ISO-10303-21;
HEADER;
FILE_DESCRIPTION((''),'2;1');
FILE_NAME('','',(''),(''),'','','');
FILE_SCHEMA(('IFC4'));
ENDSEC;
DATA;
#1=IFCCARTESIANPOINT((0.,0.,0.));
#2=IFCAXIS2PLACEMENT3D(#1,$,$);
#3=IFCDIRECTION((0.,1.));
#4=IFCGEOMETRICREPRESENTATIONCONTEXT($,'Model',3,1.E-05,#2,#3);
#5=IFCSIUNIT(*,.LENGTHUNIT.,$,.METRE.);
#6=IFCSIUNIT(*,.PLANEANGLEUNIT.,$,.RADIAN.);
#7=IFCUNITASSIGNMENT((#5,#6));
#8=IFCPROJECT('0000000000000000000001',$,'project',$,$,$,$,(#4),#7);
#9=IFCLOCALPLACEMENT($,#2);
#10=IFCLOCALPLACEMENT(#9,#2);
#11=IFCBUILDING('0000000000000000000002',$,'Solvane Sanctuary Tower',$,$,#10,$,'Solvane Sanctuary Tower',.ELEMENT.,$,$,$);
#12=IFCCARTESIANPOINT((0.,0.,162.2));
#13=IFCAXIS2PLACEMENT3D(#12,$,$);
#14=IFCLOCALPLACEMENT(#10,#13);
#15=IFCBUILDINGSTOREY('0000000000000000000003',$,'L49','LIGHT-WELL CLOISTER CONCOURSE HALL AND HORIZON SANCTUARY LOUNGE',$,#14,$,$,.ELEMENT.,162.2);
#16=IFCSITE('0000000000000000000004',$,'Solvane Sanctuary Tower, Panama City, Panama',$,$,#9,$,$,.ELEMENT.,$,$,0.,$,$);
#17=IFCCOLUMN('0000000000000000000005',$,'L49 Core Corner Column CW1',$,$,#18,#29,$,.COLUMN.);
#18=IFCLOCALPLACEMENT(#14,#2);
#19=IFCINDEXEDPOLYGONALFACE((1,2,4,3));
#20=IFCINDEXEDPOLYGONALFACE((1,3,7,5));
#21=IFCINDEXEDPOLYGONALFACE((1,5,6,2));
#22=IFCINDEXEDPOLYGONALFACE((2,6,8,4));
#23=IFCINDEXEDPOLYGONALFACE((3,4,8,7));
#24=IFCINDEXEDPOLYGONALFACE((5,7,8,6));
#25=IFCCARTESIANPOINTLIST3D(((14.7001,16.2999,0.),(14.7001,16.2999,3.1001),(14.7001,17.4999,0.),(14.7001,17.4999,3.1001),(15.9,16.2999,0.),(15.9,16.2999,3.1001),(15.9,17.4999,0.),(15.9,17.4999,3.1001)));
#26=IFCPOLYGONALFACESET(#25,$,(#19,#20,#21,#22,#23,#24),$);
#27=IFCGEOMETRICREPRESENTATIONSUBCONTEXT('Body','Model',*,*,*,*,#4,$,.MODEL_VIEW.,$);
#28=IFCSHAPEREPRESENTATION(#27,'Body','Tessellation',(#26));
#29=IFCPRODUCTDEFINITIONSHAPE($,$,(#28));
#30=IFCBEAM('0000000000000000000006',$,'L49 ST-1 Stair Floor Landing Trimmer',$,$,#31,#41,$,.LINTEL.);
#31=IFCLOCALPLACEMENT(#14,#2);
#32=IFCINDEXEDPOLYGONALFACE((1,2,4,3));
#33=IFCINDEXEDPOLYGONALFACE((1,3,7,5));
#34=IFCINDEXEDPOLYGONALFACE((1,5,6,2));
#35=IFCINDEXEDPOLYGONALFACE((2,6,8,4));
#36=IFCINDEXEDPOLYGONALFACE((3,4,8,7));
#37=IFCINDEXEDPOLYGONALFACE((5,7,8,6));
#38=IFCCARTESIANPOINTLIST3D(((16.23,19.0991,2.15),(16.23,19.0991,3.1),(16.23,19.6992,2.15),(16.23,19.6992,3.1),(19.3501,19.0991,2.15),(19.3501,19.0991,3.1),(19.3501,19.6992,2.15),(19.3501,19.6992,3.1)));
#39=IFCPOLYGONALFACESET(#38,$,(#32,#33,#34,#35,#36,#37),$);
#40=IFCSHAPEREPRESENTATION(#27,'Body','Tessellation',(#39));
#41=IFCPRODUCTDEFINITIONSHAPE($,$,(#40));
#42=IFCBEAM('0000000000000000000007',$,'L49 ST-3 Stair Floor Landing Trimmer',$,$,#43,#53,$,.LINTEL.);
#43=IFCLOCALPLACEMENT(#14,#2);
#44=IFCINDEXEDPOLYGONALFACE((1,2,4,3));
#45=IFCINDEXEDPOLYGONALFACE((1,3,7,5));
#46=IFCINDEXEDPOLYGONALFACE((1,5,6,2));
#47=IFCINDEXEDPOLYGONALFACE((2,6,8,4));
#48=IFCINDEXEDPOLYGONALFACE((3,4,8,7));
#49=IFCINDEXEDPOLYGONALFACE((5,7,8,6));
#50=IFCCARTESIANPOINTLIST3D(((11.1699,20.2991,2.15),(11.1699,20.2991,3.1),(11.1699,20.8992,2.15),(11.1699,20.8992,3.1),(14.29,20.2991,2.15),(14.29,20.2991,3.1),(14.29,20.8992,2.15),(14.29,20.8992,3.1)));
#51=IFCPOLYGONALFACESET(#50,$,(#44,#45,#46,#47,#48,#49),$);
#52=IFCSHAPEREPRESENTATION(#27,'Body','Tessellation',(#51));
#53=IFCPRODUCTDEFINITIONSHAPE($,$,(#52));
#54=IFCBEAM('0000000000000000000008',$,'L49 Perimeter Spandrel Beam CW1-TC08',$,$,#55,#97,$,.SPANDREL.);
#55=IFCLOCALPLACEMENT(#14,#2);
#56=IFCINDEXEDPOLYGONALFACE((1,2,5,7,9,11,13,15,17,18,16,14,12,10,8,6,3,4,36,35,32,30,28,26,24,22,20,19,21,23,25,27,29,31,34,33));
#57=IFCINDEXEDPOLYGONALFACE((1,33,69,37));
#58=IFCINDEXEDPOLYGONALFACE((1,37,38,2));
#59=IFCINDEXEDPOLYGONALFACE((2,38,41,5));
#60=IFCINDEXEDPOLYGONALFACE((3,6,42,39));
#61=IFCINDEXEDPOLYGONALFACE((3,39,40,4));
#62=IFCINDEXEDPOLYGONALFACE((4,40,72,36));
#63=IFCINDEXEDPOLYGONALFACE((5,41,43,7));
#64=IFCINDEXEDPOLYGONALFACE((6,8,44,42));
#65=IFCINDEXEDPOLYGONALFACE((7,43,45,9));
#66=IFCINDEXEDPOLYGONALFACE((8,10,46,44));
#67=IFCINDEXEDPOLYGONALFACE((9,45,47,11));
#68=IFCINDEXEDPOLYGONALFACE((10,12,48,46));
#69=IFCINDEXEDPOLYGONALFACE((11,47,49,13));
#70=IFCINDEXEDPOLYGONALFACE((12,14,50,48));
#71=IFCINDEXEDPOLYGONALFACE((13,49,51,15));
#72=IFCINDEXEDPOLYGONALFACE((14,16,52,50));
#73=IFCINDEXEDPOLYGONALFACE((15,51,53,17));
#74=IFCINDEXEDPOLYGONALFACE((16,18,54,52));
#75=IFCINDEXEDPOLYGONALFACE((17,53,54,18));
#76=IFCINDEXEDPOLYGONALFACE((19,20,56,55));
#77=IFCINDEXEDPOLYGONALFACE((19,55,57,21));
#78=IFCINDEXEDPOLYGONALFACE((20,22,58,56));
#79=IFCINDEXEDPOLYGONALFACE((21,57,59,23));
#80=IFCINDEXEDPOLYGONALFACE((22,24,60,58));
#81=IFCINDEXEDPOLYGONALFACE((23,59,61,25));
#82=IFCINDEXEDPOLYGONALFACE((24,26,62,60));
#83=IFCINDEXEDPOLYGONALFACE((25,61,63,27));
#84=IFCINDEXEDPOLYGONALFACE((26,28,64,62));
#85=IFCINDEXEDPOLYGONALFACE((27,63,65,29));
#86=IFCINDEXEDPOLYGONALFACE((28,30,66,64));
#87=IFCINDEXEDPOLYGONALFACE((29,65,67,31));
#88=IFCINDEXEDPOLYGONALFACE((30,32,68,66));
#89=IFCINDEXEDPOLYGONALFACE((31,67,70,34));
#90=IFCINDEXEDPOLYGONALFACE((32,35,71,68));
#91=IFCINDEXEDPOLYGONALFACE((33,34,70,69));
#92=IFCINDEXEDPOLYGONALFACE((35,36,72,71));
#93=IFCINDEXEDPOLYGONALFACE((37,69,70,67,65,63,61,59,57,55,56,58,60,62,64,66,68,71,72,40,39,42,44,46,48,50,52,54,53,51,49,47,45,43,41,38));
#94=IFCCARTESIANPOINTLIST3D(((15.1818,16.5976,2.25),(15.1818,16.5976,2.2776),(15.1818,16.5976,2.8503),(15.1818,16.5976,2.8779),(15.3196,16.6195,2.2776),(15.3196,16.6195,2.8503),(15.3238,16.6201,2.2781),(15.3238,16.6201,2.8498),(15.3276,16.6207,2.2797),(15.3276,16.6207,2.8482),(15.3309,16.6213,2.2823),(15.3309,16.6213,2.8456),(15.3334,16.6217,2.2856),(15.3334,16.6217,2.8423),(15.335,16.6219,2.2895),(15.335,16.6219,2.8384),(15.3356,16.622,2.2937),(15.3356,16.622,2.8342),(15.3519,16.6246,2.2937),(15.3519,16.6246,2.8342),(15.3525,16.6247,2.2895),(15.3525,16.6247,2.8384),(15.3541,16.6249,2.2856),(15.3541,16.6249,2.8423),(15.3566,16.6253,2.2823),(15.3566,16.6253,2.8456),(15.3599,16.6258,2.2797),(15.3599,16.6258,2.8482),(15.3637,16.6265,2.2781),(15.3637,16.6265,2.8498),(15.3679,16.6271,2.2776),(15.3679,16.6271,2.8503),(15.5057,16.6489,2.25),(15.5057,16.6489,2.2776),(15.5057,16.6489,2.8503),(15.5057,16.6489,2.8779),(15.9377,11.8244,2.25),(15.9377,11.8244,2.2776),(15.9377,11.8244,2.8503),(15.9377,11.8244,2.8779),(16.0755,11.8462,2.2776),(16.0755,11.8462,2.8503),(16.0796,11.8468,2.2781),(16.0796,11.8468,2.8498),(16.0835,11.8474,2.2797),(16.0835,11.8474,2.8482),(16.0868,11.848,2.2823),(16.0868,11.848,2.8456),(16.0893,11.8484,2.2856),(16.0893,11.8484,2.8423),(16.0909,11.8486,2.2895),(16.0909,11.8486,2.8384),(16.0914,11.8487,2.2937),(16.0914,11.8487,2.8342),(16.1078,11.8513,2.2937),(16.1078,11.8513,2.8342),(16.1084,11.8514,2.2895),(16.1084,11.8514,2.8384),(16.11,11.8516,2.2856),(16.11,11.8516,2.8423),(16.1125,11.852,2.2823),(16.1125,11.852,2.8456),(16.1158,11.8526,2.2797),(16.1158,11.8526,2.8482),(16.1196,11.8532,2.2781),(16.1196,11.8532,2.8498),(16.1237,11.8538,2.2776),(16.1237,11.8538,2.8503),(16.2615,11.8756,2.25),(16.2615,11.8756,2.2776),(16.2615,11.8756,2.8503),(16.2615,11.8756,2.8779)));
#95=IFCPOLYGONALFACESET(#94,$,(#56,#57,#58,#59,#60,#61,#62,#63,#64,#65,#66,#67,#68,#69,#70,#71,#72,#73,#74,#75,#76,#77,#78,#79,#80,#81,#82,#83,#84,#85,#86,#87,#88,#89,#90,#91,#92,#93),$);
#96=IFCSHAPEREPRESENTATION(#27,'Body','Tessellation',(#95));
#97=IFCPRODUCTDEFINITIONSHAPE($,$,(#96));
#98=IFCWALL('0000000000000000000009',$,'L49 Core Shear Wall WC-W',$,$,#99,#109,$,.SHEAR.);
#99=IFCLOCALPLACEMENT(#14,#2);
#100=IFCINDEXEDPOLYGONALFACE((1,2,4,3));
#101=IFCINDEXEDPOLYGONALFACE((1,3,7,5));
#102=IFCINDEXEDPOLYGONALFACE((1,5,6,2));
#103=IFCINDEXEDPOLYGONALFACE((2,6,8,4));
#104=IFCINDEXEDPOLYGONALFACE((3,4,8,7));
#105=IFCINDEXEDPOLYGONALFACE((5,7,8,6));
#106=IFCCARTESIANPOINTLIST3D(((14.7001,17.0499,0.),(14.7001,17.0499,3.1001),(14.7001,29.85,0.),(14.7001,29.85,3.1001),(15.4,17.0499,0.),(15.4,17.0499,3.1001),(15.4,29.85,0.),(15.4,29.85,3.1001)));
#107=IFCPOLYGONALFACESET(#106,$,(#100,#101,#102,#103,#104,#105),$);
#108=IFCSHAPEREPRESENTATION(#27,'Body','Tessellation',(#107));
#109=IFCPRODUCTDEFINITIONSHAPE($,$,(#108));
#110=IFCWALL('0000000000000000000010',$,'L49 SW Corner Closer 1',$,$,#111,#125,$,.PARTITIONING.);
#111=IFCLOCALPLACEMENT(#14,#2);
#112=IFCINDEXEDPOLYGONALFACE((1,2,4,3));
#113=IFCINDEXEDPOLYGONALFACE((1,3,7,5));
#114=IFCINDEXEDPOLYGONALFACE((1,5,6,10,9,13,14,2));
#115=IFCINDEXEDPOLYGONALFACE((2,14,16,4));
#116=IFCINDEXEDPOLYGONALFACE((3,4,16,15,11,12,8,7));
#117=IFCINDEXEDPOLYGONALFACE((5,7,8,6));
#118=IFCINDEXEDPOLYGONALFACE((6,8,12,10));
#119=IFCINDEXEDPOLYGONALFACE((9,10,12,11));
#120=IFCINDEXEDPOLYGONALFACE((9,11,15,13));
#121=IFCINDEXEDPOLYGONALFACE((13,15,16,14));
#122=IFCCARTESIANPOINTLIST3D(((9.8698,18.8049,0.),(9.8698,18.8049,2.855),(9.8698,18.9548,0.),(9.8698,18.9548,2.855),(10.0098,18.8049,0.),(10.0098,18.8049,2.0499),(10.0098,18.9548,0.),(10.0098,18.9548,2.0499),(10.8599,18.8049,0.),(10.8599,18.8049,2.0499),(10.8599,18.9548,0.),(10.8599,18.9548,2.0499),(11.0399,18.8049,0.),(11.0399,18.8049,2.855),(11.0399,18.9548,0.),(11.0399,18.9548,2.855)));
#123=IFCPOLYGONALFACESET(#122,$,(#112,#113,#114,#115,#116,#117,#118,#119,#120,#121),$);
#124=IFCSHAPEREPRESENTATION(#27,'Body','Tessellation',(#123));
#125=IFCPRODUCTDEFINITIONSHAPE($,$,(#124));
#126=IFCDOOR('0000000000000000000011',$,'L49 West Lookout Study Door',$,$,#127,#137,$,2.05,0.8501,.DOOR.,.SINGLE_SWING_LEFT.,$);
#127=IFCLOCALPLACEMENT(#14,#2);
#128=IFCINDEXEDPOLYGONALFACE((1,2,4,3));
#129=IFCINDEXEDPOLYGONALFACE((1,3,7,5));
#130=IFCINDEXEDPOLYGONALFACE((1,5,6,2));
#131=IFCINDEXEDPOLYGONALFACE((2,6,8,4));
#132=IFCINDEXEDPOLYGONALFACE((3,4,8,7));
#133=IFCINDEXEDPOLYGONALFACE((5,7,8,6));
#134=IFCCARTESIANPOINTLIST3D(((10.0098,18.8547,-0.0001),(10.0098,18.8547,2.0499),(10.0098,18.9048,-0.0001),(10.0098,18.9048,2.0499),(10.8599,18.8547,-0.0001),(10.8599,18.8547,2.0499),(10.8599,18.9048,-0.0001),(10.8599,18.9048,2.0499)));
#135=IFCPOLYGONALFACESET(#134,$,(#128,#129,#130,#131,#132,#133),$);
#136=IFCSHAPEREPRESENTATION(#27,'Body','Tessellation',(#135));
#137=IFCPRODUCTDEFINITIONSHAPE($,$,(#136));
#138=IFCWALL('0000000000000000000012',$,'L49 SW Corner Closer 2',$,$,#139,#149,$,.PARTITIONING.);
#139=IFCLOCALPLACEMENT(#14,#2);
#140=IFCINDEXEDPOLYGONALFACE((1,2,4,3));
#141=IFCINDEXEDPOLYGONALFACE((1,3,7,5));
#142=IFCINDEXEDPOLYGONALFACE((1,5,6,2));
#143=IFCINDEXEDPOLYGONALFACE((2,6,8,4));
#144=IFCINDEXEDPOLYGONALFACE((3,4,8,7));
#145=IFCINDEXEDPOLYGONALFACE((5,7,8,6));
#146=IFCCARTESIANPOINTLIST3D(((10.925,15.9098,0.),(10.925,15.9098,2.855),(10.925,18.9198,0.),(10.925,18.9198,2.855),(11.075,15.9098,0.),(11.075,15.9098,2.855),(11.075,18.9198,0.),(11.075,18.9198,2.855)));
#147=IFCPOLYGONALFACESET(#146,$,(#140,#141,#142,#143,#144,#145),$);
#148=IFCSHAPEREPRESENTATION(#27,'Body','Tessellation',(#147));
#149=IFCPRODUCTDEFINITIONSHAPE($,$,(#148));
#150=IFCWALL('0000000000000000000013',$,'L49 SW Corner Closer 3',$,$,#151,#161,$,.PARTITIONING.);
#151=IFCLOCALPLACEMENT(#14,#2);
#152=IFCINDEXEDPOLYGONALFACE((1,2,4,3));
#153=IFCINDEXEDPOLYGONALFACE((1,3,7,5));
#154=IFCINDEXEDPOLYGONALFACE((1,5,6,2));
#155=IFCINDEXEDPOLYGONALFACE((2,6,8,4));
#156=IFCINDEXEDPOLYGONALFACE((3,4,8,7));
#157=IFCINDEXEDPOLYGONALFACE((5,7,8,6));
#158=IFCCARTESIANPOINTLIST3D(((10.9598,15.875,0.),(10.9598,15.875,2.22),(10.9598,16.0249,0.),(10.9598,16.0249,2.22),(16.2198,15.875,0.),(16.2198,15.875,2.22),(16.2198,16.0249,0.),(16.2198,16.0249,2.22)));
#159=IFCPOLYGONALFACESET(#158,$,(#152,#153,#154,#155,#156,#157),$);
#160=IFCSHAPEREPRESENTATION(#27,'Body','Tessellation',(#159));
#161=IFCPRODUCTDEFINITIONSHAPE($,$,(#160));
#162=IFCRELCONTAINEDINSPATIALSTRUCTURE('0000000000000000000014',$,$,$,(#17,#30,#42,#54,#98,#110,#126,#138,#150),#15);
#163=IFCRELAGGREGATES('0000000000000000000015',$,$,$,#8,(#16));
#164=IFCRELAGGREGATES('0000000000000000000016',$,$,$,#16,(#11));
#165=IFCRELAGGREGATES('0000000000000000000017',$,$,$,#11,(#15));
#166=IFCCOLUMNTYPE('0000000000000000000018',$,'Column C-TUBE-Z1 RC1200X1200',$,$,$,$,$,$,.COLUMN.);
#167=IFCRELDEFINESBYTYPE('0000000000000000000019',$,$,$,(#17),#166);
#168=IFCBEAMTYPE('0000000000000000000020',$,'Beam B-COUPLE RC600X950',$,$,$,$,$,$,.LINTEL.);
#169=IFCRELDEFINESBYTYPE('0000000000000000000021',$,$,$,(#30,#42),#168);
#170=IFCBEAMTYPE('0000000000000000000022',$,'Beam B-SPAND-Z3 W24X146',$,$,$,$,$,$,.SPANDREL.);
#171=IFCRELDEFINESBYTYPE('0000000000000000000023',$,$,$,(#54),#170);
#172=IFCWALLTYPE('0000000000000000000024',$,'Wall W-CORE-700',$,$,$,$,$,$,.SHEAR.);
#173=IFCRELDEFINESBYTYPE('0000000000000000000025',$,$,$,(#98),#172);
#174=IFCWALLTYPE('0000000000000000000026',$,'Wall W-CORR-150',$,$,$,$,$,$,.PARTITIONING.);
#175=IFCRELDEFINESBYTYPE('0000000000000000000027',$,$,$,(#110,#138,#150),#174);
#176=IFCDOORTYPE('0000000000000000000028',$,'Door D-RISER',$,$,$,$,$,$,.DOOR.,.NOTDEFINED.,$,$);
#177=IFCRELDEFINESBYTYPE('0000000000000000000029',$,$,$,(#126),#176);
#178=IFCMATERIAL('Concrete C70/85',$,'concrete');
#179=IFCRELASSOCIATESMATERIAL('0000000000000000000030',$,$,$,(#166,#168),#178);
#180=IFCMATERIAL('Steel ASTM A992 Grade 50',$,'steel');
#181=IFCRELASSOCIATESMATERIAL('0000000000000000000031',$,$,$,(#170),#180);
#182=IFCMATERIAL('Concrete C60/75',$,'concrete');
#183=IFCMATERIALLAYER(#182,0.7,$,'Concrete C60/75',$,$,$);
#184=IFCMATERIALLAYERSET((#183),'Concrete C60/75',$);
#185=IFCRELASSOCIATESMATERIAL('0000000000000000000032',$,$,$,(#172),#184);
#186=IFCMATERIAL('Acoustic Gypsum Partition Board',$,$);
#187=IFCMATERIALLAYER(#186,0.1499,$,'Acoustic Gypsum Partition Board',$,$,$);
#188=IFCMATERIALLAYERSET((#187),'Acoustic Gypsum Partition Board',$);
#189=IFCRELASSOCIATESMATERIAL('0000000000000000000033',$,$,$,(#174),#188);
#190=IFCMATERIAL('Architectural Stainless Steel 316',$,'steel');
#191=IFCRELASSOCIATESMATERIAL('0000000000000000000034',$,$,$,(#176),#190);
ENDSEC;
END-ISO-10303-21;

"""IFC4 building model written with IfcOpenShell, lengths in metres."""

from ifc_helpers import new_model, si_unit, direction, frame, frame_2d, origin, origin_2d, place, context, subcontext, project, spatial, rectangle, i_section, extrude, material, layer, layer_set, material_profile, profile_set, type_object, element, fill, save


model = new_model("IFC4")

# Units and contexts
model_context = context("Model", 3, precision=1e-05, world=origin(), true_north=direction((0.0, 1.0)))
body_context = subcontext(model_context, "Body", "Model", "MODEL_VIEW")
ifc_project = project(units=[si_unit("LENGTHUNIT", "METRE"), si_unit("PLANEANGLEUNIT", "RADIAN")], contexts=[model_context])

# Site, building, storey
site_placement = place(None, origin())
site = spatial("IfcSite", under=ifc_project, at=site_placement, Name="Solvane Sanctuary Tower, Panama City, Panama", CompositionType="ELEMENT", RefElevation=0.0)
building_placement = place(site_placement, origin())
building = spatial("IfcBuilding", under=site, at=building_placement, Name="Solvane Sanctuary Tower", LongName="Solvane Sanctuary Tower", CompositionType="ELEMENT")
storey_placement = place(building_placement, frame((0.0, 0.0, 162.2)))
storey = spatial("IfcBuildingStorey", under=building, at=storey_placement, Name="L49", Description="LIGHT-WELL CLOISTER CONCOURSE HALL AND HORIZON SANCTUARY LOUNGE", CompositionType="ELEMENT", Elevation=162.2)

# Column
ifc_material_1 = material(Name="Concrete C70/85", Category="concrete")
ifc_material_profile_1 = material_profile(ifc_material_1, rectangle(XDim=1.2, YDim=1.2, at=origin_2d()), Name="RC1200X1200")
ifc_profile_set_1 = profile_set([ifc_material_profile_1], Name="Concrete C70/85")
column_type = type_object("IfcColumnType", Name="Column C-TUBE-Z1 RC1200X1200", PredefinedType="COLUMN", material=ifc_profile_set_1)
column_placement = place(storey_placement, frame((15.3, 16.8999, 0.0), z_axis=(0.0, 0.0, 1.0), x_axis=(1.0, 0.0, 0.0)))
element("IfcColumn", 1, at=column_placement, inside=storey, type_object=column_type, Name="L49 Core Corner Column CW1", PredefinedType="COLUMN", context=body_context, shape_type="SweptSolid", body=[
    extrude(rectangle(XDim=1.2, YDim=1.2, at=origin_2d()), origin(), (0.0, 0.0, 1.0), 3.1001),
])

# Beams
ifc_material_profile_2 = material_profile(ifc_material_1, rectangle(XDim=0.6001, YDim=0.95, at=origin_2d()), Name="RC600X950")
ifc_profile_set_2 = profile_set([ifc_material_profile_2], Name="Concrete C70/85")
beam_type_1 = type_object("IfcBeamType", Name="Beam B-COUPLE RC600X950", PredefinedType="LINTEL", material=ifc_profile_set_2)
for number, where, z_axis, x_axis, name in (
    (2, (16.23, 19.3992, 2.625), (1.0, 0.0, 0.0), (0.0, 1.0, 0.0), "L49 ST-1 Stair Floor Landing Trimmer"),
    (3, (11.1699, 20.5991, 2.625), (1.0, 0.0, 0.0), (0.0, 1.0, 0.0), "L49 ST-3 Stair Floor Landing Trimmer"),
):
    element("IfcBeam", number, at=place(storey_placement, frame(where, z_axis=z_axis, x_axis=x_axis)), inside=storey, type_object=beam_type_1, Name=name, PredefinedType="LINTEL", context=body_context, shape_type="SweptSolid", body=[
        extrude(rectangle(XDim=0.6001, YDim=0.95, at=origin_2d()), origin(), (0.0, 0.0, 1.0), 3.1201),
    ])
ifc_material_2 = material(Name="Steel ASTM A992 Grade 50", Category="steel")
ifc_material_profile_3 = material_profile(ifc_material_2, i_section(OverallWidth=0.3279, OverallDepth=0.6279, WebThickness=0.0166, FlangeThickness=0.0276, FilletRadius=0.0161, at=origin_2d()), Name="W24X146")
ifc_profile_set_3 = profile_set([ifc_material_profile_3], Name="Steel ASTM A992 Grade 50")
beam_type_2 = type_object("IfcBeamType", Name="Beam B-SPAND-Z3 W24X146", PredefinedType="SPANDREL", material=ifc_profile_set_3)
beam_placement = place(storey_placement, frame((15.3438, 16.6233, 2.564), z_axis=(0.156406, -0.987693, 0.0), x_axis=(0.987693, 0.156406, 0.0)))
element("IfcBeam", 4, at=beam_placement, inside=storey, type_object=beam_type_2, Name="L49 Perimeter Spandrel Beam CW1-TC08", PredefinedType="SPANDREL", context=body_context, shape_type="SweptSolid", body=[
    extrude(i_section(OverallWidth=0.3279, OverallDepth=0.6279, WebThickness=0.0166, FlangeThickness=0.0276, FilletRadius=0.0161, at=origin_2d()), origin(), (0.0, 0.0, 1.0), 4.8328),
])

# Wall
ifc_material_3 = material(Name="Concrete C60/75", Category="concrete")
ifc_layer_1 = layer(ifc_material_3, 0.7, Name="Concrete C60/75")
ifc_layer_set_1 = layer_set([ifc_layer_1], Name="Concrete C60/75")
wall_type_1 = type_object("IfcWallType", Name="Wall W-CORE-700", PredefinedType="SHEAR", material=ifc_layer_set_1)
wall_1_placement = place(storey_placement, frame((15.05, 17.05, 0.0), z_axis=(0.0, 0.0, 1.0), x_axis=(0.0, 1.0, 0.0)))
element("IfcWall", 5, at=wall_1_placement, inside=storey, type_object=wall_type_1, Name="L49 Core Shear Wall WC-W", PredefinedType="SHEAR", context=body_context, shape_type="SweptSolid", body=[
    extrude(rectangle(XDim=12.8, YDim=0.7, at=frame_2d((6.3999, 0.0))), origin(), (0.0, 0.0, 1.0), 3.1001),
])

# Wall, opening, door
ifc_material_4 = material(Name="Acoustic Gypsum Partition Board")
ifc_layer_2 = layer(ifc_material_4, 0.1499, Name="Acoustic Gypsum Partition Board")
ifc_layer_set_2 = layer_set([ifc_layer_2], Name="Acoustic Gypsum Partition Board")
wall_type_2 = type_object("IfcWallType", Name="Wall W-CORR-150", PredefinedType="PARTITIONING", material=ifc_layer_set_2)
wall_2_placement = place(storey_placement, frame((9.8699, 18.8799, 0.0), z_axis=(0.0, 0.0, 1.0), x_axis=(1.0, 0.0, 0.0)))
wall_2 = element("IfcWall", 6, at=wall_2_placement, inside=storey, type_object=wall_type_2, Name="L49 SW Corner Closer 1", PredefinedType="PARTITIONING", context=body_context, shape_type="SweptSolid", body=[
    extrude(rectangle(XDim=1.1702, YDim=0.1499, at=frame_2d((0.585, 0.0))), origin(), (0.0, 0.0, 1.0), 2.855),
])
opening_1_placement = place(wall_2_placement, frame((0.1399, 0.0, 0.0)))
opening_1 = element("IfcOpeningElement", 7, at=opening_1_placement, cuts=wall_2, PredefinedType="OPENING", context=body_context, shape_type="SweptSolid", body=[
    extrude(rectangle(XDim=0.8501, YDim=2.05, at=frame_2d((0.425, 1.0249))), frame((0.0, 0.085, 0.0), z_axis=(0.0, -1.0, 0.0), x_axis=(1.0, 0.0, 0.0)), (0.0, 0.0, 1.0), 0.1699),
])
ifc_material_5 = material(Name="Architectural Stainless Steel 316", Category="steel")
door_type_1 = type_object("IfcDoorType", Name="Door D-RISER", OperationType="NOTDEFINED", PredefinedType="DOOR", material=ifc_material_5)
door_1_placement = place(opening_1_placement, origin())
door_1 = element("IfcDoor", 8, at=door_1_placement, inside=storey, type_object=door_type_1, Name="L49 West Lookout Study Door", OperationType="SINGLE_SWING_LEFT", OverallHeight=2.05, OverallWidth=0.8501, PredefinedType="DOOR", context=body_context, shape_type="SweptSolid", body=[
    extrude(rectangle(XDim=0.8501, YDim=2.05, at=frame_2d((0.425, 1.0249))), frame((0.0, 0.0249, 0.0), z_axis=(0.0, -1.0, 0.0), x_axis=(1.0, 0.0, 0.0)), (0.0, 0.0, 1.0), 0.05),
])
fill(opening_1, door_1)

# Walls
wall_3_placement = place(storey_placement, frame((11.0, 15.9099, 0.0), z_axis=(0.0, 0.0, 1.0), x_axis=(0.0, 1.0, 0.0)))
element("IfcWall", 9, at=wall_3_placement, inside=storey, type_object=wall_type_2, Name="L49 SW Corner Closer 2", PredefinedType="PARTITIONING", context=body_context, shape_type="SweptSolid", body=[
    extrude(rectangle(XDim=3.01, YDim=0.1499, at=frame_2d((1.5049, 0.0))), origin(), (0.0, 0.0, 1.0), 2.855),
])
wall_4_placement = place(storey_placement, frame((10.96, 15.95, 0.0), z_axis=(0.0, 0.0, 1.0), x_axis=(1.0, 0.0, 0.0)))
element("IfcWall", 10, at=wall_4_placement, inside=storey, type_object=wall_type_2, Name="L49 SW Corner Closer 3", PredefinedType="PARTITIONING", context=body_context, shape_type="SweptSolid", body=[
    extrude(rectangle(XDim=5.26, YDim=0.1499, at=frame_2d((2.6299, 0.0))), origin(), (0.0, 0.0, 1.0), 2.22),
])

save(model, "model.ifc")
